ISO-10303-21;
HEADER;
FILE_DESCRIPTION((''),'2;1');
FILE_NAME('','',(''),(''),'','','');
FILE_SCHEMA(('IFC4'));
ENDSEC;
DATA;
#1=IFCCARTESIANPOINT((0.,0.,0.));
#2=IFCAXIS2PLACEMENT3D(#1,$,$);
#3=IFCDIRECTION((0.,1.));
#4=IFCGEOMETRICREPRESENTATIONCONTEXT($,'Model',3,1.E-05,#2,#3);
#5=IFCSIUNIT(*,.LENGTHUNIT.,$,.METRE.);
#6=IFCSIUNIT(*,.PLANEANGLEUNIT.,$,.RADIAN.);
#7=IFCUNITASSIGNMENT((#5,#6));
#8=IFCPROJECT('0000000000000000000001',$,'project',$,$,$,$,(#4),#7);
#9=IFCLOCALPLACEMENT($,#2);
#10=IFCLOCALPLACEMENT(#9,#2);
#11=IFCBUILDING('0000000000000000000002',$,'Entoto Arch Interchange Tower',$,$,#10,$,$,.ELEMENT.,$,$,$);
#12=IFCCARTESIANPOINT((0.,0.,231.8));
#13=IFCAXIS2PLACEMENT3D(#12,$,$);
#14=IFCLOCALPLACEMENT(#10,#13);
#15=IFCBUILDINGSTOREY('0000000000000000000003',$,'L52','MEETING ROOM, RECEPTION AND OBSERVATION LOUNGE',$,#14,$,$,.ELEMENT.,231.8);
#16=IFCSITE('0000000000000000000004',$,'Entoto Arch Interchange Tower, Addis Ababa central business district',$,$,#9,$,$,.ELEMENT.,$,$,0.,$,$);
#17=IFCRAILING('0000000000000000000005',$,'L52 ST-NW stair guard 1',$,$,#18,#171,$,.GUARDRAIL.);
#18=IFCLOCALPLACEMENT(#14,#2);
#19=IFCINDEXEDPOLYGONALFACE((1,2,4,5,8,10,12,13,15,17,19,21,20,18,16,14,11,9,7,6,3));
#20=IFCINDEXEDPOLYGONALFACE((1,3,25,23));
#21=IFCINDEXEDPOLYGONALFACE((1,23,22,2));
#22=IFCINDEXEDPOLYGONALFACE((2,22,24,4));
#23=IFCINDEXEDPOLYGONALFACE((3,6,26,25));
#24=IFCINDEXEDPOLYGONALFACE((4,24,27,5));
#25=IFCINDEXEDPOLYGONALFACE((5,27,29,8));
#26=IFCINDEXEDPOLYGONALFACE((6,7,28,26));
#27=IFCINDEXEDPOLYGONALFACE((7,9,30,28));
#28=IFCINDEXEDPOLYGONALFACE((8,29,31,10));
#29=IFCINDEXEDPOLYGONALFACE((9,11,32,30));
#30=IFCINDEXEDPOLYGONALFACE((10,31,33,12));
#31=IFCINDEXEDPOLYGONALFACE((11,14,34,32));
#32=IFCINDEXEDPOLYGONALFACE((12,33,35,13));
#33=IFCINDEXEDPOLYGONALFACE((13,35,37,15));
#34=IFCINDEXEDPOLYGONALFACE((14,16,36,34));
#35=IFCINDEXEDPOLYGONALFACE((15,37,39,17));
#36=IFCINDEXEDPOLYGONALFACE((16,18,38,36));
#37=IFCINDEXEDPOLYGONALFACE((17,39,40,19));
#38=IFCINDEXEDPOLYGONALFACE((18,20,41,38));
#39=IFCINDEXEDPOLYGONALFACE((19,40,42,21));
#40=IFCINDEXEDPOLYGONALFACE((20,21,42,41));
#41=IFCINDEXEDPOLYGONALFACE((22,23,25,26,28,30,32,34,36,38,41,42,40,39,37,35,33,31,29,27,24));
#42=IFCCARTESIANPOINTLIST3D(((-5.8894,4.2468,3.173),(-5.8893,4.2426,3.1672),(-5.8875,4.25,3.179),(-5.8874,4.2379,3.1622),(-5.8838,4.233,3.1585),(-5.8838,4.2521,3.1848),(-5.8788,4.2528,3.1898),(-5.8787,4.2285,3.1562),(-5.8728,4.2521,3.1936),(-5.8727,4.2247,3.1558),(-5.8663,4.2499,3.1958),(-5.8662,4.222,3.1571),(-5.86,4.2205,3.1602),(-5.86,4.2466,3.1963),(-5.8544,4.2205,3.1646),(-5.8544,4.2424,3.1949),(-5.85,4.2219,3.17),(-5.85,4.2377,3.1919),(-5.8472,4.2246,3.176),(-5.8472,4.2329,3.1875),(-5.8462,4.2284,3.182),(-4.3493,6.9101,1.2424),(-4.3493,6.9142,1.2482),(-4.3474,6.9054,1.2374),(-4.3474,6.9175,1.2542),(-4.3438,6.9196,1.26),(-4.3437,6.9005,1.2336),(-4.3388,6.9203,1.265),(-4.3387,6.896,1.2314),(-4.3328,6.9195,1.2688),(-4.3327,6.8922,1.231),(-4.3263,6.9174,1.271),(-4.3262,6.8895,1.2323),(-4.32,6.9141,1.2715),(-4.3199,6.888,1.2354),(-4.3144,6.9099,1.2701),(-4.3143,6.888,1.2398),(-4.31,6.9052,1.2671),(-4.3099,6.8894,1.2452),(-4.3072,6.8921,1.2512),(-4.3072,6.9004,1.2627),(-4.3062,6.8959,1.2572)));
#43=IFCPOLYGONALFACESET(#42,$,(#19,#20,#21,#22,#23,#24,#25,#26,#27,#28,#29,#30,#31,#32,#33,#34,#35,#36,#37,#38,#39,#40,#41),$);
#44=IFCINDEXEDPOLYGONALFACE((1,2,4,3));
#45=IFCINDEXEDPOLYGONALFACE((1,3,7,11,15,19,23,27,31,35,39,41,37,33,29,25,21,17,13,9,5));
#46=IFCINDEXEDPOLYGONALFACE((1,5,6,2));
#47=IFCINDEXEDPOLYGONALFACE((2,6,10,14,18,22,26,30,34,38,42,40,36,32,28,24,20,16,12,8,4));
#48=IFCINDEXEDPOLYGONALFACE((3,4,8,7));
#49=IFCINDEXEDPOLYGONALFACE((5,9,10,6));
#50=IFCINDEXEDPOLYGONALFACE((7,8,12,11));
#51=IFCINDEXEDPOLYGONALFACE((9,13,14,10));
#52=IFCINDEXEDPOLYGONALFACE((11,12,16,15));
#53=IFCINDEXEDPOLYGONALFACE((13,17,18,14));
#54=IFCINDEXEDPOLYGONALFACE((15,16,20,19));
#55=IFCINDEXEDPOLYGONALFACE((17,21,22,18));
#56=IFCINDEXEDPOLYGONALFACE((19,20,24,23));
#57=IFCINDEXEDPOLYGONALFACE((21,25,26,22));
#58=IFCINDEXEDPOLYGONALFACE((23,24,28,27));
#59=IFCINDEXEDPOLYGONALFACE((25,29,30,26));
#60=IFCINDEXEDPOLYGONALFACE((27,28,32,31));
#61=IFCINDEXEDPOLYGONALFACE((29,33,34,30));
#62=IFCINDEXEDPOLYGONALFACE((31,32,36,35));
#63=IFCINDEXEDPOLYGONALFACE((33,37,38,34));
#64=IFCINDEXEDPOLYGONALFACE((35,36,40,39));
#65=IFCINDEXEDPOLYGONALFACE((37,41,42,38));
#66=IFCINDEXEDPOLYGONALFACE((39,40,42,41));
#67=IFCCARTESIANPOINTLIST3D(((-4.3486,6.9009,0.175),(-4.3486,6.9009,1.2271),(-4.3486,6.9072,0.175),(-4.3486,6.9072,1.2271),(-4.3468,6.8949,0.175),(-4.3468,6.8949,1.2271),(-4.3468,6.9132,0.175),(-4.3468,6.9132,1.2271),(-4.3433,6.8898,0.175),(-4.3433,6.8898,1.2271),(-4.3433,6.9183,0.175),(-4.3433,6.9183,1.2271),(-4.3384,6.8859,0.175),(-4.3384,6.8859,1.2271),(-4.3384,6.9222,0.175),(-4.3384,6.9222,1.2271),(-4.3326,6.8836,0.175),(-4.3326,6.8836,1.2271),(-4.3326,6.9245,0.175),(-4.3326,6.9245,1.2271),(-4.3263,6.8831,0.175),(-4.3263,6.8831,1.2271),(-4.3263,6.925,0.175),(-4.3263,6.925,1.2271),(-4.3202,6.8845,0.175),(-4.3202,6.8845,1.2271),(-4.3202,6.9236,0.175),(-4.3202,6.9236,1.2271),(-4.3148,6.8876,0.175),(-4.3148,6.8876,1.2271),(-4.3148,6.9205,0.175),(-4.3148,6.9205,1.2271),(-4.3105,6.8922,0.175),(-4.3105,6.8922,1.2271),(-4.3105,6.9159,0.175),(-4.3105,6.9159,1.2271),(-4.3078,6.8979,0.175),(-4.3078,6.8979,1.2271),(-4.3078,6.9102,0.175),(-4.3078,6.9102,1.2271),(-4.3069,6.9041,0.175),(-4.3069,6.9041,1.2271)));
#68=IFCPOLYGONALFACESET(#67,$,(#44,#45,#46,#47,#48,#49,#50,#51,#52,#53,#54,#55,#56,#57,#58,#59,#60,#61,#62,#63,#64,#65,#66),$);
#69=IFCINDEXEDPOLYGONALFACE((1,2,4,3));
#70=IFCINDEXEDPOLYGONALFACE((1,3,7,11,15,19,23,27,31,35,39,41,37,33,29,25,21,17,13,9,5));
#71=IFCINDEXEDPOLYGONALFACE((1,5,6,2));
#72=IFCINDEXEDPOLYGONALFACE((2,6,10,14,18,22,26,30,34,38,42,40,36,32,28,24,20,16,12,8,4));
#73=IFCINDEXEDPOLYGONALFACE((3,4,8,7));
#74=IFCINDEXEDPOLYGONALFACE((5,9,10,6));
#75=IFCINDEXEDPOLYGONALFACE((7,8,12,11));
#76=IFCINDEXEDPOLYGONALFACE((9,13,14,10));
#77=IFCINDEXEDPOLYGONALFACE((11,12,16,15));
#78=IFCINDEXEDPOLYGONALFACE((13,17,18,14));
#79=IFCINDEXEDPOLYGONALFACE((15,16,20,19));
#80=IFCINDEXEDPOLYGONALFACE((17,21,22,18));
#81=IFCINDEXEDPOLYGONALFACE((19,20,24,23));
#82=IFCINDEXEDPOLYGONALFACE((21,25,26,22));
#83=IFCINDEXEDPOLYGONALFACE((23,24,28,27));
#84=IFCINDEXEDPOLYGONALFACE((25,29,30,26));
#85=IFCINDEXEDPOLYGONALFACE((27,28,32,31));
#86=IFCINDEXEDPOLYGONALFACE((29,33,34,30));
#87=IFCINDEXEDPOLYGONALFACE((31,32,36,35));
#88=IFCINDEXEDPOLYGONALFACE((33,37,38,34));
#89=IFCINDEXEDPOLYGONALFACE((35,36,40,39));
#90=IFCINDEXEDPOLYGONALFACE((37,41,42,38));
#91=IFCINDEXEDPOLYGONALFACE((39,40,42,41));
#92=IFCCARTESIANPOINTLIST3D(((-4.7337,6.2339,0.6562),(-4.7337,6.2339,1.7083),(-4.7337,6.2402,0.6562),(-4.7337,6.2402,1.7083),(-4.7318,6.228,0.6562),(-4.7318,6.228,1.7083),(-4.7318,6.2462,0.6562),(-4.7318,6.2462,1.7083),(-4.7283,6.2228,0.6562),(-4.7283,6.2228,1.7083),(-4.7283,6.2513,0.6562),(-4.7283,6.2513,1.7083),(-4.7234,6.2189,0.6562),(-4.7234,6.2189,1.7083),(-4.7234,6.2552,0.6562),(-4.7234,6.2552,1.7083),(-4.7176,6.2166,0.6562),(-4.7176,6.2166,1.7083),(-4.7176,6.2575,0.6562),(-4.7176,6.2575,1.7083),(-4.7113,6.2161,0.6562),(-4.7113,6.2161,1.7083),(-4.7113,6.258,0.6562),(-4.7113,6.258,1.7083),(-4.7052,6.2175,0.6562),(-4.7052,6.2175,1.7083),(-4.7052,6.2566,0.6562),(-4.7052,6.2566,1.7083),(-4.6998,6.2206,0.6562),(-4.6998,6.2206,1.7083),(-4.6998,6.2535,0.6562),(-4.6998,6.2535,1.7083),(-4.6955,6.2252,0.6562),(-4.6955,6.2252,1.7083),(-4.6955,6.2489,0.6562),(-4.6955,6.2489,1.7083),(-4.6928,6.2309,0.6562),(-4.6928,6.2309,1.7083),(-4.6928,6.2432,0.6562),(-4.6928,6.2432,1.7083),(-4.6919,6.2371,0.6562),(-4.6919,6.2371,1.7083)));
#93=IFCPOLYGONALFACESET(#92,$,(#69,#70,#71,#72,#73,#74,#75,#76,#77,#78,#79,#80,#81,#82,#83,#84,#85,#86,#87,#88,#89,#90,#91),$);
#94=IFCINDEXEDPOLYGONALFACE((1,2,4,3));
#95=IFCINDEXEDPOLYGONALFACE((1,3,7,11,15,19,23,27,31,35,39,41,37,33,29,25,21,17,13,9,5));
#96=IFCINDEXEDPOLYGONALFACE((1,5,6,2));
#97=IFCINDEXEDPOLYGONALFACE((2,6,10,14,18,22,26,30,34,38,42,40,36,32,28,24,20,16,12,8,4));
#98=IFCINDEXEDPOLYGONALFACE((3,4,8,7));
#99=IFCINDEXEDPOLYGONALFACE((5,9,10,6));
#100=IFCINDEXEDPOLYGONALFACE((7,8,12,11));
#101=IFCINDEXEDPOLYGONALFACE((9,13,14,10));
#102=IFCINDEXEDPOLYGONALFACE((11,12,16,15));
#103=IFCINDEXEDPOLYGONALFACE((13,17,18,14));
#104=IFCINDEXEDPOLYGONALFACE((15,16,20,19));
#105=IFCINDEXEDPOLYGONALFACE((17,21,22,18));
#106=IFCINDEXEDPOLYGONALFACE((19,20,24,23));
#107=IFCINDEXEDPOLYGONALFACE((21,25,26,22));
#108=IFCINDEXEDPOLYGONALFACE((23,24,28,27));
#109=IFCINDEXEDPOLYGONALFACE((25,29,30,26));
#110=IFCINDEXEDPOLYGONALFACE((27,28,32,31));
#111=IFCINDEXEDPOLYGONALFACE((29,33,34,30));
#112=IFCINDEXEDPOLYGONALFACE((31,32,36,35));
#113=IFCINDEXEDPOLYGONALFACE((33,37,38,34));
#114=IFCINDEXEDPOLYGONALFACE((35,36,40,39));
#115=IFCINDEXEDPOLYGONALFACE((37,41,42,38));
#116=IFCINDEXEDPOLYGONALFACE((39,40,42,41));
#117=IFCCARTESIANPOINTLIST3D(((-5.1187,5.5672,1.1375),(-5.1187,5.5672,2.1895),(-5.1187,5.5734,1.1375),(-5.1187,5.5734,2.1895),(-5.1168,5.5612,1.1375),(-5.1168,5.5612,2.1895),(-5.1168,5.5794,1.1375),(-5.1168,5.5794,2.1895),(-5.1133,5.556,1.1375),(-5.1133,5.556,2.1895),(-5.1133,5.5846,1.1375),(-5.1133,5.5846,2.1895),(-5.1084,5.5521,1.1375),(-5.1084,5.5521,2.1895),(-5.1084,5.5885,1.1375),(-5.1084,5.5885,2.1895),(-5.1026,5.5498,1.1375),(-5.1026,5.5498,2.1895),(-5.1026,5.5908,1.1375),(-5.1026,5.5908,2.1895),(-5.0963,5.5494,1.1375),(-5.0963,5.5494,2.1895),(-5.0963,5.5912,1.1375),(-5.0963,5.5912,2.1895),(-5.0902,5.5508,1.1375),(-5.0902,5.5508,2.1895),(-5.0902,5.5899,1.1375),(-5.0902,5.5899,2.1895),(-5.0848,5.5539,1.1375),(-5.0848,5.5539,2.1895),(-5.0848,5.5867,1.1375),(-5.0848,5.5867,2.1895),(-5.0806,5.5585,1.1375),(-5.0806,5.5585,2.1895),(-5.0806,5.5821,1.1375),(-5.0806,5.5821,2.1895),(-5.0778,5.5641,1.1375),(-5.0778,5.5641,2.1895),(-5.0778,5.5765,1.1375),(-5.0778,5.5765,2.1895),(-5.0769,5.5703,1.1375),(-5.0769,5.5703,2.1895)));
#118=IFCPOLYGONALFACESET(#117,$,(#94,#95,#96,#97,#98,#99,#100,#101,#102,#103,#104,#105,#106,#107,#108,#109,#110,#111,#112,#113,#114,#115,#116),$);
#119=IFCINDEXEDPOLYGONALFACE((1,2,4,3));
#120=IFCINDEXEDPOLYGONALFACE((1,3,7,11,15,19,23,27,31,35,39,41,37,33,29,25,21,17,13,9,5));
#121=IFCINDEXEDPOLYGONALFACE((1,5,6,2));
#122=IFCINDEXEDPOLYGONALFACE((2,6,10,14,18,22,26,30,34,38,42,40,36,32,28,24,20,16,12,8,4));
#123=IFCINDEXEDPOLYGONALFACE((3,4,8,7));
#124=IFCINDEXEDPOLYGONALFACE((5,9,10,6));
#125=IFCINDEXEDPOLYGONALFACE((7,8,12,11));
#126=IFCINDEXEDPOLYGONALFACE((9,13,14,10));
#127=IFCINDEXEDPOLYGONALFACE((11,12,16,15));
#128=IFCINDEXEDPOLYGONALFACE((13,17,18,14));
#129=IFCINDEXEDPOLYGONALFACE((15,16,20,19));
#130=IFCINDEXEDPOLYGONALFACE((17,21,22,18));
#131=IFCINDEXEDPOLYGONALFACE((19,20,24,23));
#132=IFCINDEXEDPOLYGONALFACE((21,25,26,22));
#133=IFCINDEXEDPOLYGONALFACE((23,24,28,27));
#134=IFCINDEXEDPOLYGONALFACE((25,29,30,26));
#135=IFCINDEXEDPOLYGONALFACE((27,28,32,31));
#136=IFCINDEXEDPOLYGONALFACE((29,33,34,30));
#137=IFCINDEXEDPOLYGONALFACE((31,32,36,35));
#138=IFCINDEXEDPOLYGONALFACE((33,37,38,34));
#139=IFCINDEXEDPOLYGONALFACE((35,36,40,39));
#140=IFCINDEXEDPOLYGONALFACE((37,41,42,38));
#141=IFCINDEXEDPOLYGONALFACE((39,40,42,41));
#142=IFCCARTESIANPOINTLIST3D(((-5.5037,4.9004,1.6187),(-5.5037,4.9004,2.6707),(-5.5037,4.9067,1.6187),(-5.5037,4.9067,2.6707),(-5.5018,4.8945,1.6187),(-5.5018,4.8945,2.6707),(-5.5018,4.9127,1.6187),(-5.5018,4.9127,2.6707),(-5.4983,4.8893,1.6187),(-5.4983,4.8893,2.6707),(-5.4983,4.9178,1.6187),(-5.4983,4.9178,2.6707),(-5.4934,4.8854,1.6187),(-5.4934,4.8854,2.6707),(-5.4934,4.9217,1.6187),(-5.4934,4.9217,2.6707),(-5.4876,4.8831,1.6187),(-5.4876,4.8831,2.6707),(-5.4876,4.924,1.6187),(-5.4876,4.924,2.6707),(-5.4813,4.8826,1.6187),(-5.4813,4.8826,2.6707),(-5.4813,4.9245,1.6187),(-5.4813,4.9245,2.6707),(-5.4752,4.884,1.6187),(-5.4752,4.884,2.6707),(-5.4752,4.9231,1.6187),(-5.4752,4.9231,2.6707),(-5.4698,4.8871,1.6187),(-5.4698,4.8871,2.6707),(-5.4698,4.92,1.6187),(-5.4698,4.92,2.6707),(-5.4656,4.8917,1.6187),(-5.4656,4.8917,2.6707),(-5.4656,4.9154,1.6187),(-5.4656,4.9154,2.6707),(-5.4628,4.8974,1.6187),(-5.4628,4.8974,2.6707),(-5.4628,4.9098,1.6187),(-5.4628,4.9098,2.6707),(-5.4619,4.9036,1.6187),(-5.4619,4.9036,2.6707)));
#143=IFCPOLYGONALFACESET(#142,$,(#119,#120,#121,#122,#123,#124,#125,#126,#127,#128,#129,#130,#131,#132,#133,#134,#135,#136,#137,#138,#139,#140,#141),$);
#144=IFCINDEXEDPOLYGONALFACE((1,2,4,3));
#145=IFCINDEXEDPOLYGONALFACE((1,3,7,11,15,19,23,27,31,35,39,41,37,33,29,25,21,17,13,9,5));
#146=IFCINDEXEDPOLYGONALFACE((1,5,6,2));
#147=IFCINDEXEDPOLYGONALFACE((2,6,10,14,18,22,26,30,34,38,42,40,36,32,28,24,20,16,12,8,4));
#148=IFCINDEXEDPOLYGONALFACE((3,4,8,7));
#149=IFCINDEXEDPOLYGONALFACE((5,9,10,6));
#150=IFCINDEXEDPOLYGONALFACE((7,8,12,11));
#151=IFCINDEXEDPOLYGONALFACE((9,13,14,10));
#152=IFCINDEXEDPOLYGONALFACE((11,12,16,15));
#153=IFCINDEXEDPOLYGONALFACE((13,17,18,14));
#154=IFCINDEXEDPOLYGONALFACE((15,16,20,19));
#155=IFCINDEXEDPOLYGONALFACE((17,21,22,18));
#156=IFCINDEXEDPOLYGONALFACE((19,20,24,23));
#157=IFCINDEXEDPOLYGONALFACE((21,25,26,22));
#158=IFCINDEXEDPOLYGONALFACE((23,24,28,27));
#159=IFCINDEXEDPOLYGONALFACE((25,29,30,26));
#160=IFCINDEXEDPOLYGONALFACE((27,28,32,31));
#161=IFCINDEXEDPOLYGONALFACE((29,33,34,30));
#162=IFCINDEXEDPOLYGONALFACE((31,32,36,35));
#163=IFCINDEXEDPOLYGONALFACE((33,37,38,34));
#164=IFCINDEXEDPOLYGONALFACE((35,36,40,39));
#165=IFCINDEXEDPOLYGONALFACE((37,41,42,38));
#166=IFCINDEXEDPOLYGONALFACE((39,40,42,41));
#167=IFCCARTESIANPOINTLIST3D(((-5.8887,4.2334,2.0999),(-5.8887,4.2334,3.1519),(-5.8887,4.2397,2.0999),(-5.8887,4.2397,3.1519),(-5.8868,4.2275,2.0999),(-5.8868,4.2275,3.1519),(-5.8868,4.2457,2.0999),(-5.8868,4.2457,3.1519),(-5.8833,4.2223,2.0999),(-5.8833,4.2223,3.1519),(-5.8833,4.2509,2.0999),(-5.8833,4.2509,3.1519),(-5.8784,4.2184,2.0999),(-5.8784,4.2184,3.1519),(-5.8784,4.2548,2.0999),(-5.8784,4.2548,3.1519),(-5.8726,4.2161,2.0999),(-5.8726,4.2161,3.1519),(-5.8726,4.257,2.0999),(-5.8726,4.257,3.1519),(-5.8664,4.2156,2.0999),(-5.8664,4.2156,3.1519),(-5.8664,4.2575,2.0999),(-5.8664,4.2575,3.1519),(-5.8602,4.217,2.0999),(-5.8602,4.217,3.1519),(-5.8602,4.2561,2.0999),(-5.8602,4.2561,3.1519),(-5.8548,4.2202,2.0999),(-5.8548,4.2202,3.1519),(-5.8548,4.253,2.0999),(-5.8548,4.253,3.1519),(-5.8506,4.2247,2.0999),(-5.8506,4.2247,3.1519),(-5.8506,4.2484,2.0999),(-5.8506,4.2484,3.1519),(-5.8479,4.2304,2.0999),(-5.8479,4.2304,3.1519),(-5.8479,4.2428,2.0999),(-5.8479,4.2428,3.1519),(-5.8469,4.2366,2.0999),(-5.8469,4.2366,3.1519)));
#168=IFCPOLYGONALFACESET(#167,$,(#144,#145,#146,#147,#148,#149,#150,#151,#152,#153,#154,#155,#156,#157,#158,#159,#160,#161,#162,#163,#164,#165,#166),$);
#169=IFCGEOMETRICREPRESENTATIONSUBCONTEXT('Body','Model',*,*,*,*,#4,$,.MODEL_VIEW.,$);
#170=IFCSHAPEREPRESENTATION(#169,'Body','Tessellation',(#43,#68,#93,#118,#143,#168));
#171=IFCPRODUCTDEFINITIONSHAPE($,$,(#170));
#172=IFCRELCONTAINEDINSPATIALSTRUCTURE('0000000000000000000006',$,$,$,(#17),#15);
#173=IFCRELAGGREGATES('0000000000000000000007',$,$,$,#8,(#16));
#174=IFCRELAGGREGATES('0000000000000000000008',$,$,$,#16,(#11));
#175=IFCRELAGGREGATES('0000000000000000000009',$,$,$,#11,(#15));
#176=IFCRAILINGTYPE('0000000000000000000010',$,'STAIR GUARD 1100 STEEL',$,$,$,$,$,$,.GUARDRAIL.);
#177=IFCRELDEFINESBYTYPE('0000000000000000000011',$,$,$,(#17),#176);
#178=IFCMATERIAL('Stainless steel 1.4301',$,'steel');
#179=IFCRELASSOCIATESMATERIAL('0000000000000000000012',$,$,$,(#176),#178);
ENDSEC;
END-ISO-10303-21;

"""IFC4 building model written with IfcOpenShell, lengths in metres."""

from ifc_helpers import new_model, si_unit, direction, frame, origin, origin_2d, place, context, subcontext, project, spatial, circle, extrude, material, type_object, element, save


model = new_model("IFC4")

# Units and contexts
model_context = context("Model", 3, precision=1e-05, world=origin(), true_north=direction((0.0, 1.0)))
body_context = subcontext(model_context, "Body", "Model", "MODEL_VIEW")
ifc_project = project(units=[si_unit("LENGTHUNIT", "METRE"), si_unit("PLANEANGLEUNIT", "RADIAN")], contexts=[model_context])

# Site, building, storey
site_placement = place(None, origin())
site = spatial("IfcSite", under=ifc_project, at=site_placement, Name="Entoto Arch Interchange Tower, Addis Ababa central business district", CompositionType="ELEMENT", RefElevation=0.0)
building_placement = place(site_placement, origin())
building = spatial("IfcBuilding", under=site, at=building_placement, Name="Entoto Arch Interchange Tower", CompositionType="ELEMENT")
storey_placement = place(building_placement, frame((0.0, 0.0, 231.8)))
storey = spatial("IfcBuildingStorey", under=building, at=storey_placement, Name="L52", Description="MEETING ROOM, RECEPTION AND OBSERVATION LOUNGE", CompositionType="ELEMENT", Elevation=231.8)

# Railing
ifc_material_1 = material(Name="Stainless steel 1.4301", Category="steel")
railing_type_1 = type_object("IfcRailingType", Name="STAIR GUARD 1100 STEEL", PredefinedType="GUARDRAIL", material=ifc_material_1)
railing_1_placement = place(storey_placement, frame((-4.3279, 6.9041, 0.175)))
element("IfcRailing", 1, at=railing_1_placement, inside=storey, type_object=railing_type_1, Name="L52 ST-NW stair guard 1", PredefinedType="GUARDRAIL", context=body_context, shape_type="SweptSolid", body=[
    extrude(circle(Radius=0.0239, at=origin_2d()), frame((0.0, 0.0, 1.0762), z_axis=(-0.42401, -0.734421, 0.529945), x_axis=(0.86603, -0.499992, 0.0)), (0.0, 0.0, 1.0), 3.6321),
    extrude(circle(Radius=0.021, at=origin_2d()), origin(), (0.0, 0.0, 1.0), 1.052),
    extrude(circle(Radius=0.021, at=origin_2d()), frame((-0.385, -0.667, 0.4812)), (0.0, 0.0, 1.0), 1.052),
    extrude(circle(Radius=0.021, at=origin_2d()), frame((-0.77, -1.3337, 0.9624)), (0.0, 0.0, 1.0), 1.052),
    extrude(circle(Radius=0.021, at=origin_2d()), frame((-1.155, -2.0005, 1.4436)), (0.0, 0.0, 1.0), 1.052),
    extrude(circle(Radius=0.021, at=origin_2d()), frame((-1.54, -2.6675, 1.9248)), (0.0, 0.0, 1.0), 1.052),
])

save(model, "model.ifc")
